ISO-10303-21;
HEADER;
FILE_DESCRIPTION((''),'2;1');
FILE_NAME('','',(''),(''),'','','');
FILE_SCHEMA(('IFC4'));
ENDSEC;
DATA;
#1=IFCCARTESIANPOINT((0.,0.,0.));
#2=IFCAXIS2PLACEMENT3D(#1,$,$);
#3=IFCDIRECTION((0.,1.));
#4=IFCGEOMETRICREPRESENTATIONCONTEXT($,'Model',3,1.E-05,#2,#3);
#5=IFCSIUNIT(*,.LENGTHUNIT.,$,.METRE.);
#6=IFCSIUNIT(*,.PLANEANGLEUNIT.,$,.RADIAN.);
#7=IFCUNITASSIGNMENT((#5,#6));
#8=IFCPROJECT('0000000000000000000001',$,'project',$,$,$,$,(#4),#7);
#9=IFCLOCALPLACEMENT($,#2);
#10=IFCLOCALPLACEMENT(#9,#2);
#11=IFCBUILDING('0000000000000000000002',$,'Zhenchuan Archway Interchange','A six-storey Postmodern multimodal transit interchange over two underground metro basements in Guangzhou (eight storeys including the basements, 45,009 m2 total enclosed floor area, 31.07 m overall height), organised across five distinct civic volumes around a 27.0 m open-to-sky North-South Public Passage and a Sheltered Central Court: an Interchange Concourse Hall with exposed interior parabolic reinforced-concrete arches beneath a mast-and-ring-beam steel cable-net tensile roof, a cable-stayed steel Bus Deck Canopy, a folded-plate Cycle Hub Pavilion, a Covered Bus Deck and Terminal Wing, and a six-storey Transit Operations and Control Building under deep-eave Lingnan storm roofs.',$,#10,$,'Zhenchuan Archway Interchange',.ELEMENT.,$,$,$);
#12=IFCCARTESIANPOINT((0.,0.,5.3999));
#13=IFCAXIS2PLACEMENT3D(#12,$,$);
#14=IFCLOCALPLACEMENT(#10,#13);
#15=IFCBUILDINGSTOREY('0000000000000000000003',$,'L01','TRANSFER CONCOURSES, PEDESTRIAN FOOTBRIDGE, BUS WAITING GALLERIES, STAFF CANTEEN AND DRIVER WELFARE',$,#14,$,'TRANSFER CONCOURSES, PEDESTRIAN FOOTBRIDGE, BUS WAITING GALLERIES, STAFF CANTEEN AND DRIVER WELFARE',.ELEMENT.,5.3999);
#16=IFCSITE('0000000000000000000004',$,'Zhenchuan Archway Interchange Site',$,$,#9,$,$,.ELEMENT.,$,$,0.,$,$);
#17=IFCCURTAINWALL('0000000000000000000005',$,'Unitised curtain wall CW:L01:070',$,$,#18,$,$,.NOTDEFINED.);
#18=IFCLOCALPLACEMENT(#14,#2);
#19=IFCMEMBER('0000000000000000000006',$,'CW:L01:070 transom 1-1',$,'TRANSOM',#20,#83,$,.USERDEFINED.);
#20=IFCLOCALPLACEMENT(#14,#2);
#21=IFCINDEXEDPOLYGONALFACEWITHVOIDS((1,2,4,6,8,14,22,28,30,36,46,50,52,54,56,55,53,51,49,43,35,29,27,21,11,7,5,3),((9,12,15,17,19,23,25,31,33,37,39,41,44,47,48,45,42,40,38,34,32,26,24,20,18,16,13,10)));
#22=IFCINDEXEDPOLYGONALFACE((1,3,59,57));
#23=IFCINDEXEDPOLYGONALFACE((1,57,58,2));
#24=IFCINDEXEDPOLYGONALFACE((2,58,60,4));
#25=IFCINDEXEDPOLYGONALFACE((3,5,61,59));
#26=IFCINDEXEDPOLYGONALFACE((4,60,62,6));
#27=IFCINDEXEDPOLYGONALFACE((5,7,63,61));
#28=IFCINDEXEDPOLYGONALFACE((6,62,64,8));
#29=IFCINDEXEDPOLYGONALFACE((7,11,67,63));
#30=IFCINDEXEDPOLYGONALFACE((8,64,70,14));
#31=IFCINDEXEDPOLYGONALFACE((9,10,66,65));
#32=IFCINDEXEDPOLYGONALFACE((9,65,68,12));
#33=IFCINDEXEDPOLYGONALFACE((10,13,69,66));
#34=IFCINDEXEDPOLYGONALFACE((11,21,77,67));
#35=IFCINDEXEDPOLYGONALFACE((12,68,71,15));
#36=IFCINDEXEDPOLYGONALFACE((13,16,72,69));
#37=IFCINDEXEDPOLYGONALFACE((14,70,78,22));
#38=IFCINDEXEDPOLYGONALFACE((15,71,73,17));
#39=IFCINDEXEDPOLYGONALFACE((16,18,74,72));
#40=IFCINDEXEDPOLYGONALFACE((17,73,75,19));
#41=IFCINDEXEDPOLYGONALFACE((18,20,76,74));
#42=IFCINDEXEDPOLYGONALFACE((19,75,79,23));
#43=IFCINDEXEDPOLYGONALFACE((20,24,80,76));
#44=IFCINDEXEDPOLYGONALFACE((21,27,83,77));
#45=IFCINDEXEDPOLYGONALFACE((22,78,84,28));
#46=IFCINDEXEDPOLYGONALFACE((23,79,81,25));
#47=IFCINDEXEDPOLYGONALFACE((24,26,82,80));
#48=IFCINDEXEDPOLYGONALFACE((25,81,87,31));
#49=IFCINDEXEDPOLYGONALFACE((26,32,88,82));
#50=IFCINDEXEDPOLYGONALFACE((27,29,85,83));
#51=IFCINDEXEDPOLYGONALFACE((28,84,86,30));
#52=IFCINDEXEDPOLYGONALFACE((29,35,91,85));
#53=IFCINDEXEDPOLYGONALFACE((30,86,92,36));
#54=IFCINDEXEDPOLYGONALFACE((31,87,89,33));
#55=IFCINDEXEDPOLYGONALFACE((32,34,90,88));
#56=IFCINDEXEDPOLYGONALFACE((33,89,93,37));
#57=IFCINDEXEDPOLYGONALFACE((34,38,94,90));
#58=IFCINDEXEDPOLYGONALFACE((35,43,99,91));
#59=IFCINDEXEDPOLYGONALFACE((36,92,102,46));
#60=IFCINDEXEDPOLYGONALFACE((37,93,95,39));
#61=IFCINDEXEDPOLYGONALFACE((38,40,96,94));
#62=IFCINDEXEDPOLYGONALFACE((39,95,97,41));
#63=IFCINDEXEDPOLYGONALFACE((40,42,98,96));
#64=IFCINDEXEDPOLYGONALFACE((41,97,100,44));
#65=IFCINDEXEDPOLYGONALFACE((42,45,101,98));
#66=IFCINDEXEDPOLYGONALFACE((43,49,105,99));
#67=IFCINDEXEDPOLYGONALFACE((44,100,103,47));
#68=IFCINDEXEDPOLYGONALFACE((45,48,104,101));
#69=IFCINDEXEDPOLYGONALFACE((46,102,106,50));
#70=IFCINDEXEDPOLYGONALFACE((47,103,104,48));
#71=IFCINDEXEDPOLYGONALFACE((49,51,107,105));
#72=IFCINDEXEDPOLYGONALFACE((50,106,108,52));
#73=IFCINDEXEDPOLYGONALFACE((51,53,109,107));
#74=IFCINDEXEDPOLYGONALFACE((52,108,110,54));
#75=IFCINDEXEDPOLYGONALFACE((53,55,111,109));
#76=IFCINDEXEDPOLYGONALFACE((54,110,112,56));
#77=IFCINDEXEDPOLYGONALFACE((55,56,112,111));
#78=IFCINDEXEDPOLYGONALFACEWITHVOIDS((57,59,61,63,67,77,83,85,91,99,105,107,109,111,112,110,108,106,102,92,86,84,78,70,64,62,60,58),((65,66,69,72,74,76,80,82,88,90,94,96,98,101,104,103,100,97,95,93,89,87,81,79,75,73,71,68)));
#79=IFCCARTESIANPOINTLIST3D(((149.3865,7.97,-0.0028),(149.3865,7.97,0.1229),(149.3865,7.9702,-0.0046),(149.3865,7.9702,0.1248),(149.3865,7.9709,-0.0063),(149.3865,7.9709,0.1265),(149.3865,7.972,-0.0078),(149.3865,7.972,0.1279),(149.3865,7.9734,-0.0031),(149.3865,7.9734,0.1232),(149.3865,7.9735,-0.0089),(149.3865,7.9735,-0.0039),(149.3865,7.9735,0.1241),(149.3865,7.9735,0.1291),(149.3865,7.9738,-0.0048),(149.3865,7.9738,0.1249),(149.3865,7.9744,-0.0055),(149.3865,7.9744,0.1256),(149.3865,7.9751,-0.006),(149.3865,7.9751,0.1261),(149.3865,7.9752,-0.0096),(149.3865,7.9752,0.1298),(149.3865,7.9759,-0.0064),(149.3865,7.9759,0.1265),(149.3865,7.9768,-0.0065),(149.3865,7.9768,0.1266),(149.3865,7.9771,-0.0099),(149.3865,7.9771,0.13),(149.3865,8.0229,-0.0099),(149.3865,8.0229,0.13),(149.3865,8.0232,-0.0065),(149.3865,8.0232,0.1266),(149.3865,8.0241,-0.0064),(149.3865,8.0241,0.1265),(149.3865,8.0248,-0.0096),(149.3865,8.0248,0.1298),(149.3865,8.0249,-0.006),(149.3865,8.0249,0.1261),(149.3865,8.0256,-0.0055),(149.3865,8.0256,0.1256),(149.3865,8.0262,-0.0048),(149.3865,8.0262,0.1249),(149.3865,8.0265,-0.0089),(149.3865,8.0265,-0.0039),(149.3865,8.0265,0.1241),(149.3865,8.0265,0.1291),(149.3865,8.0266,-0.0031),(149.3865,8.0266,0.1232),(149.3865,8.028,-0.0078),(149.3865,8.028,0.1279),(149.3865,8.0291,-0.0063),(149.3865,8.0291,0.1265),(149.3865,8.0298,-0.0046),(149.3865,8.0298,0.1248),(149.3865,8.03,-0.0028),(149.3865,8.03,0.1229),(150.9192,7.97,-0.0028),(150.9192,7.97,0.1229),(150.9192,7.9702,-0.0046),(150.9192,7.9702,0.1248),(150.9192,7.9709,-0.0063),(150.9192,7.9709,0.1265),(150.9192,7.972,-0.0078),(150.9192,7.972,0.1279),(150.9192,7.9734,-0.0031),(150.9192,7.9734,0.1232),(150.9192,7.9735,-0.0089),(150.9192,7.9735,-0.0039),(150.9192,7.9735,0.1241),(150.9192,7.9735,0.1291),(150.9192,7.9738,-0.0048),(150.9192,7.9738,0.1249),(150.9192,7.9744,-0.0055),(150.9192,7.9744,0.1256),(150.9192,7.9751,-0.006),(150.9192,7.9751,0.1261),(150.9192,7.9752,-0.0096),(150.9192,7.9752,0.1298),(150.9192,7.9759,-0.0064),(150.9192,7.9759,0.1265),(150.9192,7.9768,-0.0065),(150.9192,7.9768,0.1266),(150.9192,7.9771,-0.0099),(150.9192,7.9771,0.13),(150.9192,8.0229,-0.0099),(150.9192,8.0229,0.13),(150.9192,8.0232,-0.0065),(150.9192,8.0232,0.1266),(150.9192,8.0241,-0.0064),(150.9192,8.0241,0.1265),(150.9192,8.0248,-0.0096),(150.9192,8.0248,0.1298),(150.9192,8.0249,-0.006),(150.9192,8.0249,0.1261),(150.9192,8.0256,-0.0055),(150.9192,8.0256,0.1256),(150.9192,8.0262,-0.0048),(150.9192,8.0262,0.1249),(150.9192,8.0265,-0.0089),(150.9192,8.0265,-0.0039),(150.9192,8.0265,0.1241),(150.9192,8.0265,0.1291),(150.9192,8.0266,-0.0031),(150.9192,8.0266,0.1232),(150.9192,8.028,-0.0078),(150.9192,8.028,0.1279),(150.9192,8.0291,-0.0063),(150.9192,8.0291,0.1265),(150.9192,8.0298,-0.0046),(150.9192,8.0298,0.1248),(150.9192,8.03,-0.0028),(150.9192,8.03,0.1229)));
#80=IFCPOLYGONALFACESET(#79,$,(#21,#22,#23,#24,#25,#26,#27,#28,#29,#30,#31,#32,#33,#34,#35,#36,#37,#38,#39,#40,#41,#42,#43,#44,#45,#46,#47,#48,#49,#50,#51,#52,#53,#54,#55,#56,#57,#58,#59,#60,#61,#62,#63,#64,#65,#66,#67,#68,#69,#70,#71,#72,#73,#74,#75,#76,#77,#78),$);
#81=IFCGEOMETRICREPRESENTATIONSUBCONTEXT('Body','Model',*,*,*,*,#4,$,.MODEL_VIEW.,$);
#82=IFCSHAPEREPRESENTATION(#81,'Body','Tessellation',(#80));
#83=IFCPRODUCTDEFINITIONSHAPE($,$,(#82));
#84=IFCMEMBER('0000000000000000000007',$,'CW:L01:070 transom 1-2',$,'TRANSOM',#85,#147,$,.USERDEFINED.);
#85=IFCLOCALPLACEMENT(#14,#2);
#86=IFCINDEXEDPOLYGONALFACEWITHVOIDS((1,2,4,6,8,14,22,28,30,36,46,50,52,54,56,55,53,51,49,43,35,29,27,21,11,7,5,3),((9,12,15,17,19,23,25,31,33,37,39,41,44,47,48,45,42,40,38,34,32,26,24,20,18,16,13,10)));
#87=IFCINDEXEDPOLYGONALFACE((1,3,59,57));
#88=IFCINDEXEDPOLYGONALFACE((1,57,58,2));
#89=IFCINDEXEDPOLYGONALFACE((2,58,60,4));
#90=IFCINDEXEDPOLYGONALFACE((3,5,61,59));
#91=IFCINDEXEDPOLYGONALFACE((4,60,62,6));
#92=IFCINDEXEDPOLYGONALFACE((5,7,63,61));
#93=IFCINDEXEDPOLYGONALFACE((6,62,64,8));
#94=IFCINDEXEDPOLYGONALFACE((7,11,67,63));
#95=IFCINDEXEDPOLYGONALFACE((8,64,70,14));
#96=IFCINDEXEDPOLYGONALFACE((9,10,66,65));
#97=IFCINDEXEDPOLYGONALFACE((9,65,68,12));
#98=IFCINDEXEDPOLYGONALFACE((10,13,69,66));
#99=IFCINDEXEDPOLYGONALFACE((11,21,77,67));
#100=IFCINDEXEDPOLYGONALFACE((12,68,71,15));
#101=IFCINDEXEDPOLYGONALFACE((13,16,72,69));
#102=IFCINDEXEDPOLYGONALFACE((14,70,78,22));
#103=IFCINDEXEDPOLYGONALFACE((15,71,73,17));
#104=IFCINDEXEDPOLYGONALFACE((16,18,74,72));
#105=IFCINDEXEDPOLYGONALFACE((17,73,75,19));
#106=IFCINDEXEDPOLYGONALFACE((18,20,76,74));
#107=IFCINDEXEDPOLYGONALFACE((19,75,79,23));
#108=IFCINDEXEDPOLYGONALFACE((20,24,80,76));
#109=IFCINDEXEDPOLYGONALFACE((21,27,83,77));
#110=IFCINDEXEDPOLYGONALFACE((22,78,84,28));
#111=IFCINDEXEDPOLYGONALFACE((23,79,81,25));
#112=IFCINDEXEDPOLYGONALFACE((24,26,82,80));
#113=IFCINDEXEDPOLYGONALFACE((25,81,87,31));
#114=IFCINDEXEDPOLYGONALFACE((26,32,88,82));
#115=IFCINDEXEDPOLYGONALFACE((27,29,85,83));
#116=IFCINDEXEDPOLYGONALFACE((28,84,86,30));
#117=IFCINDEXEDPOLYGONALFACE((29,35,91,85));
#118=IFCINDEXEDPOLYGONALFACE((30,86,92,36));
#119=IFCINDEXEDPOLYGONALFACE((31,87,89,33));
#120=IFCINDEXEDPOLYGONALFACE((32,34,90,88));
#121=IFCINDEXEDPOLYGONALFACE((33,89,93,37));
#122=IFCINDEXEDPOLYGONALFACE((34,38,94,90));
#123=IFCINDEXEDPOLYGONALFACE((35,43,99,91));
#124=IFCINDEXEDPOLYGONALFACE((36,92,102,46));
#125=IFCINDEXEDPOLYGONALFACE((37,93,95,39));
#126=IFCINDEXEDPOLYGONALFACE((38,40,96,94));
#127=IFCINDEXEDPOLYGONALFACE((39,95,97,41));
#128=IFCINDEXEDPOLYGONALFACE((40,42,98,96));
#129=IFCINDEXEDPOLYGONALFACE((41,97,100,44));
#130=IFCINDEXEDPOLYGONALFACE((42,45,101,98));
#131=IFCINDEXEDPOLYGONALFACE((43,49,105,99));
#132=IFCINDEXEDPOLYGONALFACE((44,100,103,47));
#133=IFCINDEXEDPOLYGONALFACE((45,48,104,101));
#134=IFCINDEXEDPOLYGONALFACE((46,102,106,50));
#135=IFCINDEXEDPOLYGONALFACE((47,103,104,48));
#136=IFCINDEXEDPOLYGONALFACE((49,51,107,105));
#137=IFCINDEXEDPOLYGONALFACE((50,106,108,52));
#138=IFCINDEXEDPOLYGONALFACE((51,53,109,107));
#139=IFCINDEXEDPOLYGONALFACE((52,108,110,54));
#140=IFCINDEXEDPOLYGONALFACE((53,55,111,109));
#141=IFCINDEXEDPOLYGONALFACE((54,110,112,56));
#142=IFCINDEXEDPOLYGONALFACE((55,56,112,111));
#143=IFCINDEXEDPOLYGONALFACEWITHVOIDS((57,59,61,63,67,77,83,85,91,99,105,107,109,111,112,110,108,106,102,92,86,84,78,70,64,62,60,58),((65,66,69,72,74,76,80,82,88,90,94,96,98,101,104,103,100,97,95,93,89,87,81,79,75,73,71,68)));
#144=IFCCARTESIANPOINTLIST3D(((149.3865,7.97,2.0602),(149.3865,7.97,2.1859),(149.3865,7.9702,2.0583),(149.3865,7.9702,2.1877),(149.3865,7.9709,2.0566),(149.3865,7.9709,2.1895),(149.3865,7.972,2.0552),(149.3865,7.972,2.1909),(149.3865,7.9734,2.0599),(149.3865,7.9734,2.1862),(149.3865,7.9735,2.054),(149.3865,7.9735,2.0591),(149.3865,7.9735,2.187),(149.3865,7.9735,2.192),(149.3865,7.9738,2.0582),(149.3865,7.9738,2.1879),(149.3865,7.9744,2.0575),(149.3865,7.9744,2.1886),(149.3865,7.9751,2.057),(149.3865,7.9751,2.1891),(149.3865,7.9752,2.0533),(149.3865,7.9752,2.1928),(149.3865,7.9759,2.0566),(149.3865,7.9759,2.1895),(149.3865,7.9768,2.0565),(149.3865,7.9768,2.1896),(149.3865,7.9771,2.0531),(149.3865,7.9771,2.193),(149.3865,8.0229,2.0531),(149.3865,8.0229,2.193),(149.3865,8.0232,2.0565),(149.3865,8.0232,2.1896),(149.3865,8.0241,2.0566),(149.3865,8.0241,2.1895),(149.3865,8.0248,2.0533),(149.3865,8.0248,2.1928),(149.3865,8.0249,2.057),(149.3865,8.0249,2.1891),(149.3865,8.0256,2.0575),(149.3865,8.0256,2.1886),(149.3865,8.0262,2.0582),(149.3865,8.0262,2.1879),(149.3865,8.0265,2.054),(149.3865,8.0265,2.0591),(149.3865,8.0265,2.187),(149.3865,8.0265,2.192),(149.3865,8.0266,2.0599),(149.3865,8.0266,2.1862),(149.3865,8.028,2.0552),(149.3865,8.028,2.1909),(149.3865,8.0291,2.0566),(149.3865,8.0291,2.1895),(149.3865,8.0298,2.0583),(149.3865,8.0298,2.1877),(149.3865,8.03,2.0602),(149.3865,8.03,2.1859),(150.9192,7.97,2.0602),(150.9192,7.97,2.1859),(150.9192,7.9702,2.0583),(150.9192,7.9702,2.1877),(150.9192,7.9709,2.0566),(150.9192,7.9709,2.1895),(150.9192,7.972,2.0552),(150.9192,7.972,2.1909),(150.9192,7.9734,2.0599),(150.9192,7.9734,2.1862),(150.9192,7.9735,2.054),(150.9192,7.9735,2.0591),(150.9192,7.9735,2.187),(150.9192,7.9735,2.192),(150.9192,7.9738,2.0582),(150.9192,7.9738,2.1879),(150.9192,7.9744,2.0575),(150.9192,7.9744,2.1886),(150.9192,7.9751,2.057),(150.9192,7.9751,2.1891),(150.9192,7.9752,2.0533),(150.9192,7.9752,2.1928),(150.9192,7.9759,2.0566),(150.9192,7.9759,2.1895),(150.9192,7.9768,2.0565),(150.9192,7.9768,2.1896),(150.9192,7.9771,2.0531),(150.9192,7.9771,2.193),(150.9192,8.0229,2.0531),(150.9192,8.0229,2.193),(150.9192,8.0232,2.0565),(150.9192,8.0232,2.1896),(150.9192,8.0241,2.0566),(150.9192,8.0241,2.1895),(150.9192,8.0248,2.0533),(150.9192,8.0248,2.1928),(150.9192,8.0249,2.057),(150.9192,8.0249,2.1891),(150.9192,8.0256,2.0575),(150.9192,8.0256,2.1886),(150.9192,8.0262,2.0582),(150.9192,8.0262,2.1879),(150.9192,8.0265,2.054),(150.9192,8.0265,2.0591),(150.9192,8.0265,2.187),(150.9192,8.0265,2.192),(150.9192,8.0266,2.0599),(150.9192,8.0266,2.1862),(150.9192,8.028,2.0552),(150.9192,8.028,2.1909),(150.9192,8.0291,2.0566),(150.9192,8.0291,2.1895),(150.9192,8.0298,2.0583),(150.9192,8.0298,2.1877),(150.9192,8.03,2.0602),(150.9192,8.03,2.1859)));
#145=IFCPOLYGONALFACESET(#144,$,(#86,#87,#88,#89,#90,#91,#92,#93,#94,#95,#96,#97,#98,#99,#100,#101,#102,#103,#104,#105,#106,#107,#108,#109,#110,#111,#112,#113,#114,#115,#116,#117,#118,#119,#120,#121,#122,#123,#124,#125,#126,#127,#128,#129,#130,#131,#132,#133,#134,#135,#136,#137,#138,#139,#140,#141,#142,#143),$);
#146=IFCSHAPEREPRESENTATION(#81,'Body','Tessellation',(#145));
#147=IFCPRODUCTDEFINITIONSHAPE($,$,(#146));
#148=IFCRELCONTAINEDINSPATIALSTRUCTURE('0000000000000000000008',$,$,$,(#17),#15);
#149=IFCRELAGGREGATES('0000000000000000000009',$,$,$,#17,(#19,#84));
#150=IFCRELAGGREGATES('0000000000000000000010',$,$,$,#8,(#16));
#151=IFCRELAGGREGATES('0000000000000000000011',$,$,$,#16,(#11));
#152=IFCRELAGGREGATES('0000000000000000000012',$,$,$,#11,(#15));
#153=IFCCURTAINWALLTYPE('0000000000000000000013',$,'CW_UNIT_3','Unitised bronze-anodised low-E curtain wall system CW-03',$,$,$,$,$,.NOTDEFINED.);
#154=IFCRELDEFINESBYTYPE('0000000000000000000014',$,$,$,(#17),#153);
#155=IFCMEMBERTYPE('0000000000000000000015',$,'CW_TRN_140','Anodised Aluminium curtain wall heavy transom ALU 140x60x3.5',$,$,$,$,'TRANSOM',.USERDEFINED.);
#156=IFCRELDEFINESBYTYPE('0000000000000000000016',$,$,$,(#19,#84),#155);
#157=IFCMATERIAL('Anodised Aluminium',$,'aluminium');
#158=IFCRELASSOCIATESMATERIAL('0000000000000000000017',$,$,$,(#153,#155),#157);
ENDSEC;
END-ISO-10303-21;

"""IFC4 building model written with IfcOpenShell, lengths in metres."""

from ifc_helpers import new_model, si_unit, direction, frame, origin, origin_2d, place, context, subcontext, project, spatial, hollow_rectangle, extrude, material, material_profile, profile_set, type_object, element, aggregate, save


model = new_model("IFC4")

# Units and contexts
model_context = context("Model", 3, precision=1e-05, world=origin(), true_north=direction((0.0, 1.0)))
body_context = subcontext(model_context, "Body", "Model", "MODEL_VIEW")
ifc_project = project(units=[si_unit("LENGTHUNIT", "METRE"), si_unit("PLANEANGLEUNIT", "RADIAN")], contexts=[model_context])

# Site, building, storey
site_placement = place(None, origin())
site = spatial("IfcSite", under=ifc_project, at=site_placement, Name="Zhenchuan Archway Interchange Site", CompositionType="ELEMENT", RefElevation=0.0)
building_placement = place(site_placement, origin())
building = spatial("IfcBuilding", under=site, at=building_placement, Name="Zhenchuan Archway Interchange", Description="A six-storey Postmodern multimodal transit interchange over two underground metro basements in Guangzhou (eight storeys including the basements, 45,009 m2 total enclosed floor area, 31.07 m overall height), organised across five distinct civic volumes around a 27.0 m open-to-sky North-South Public Passage and a Sheltered Central Court: an Interchange Concourse Hall with exposed interior parabolic reinforced-concrete arches beneath a mast-and-ring-beam steel cable-net tensile roof, a cable-stayed steel Bus Deck Canopy, a folded-plate Cycle Hub Pavilion, a Covered Bus Deck and Terminal Wing, and a six-storey Transit Operations and Control Building under deep-eave Lingnan storm roofs.", LongName="Zhenchuan Archway Interchange", CompositionType="ELEMENT")
storey_placement = place(building_placement, frame((0.0, 0.0, 5.3999)))
storey = spatial("IfcBuildingStorey", under=building, at=storey_placement, Name="L01", Description="TRANSFER CONCOURSES, PEDESTRIAN FOOTBRIDGE, BUS WAITING GALLERIES, STAFF CANTEEN AND DRIVER WELFARE", LongName="TRANSFER CONCOURSES, PEDESTRIAN FOOTBRIDGE, BUS WAITING GALLERIES, STAFF CANTEEN AND DRIVER WELFARE", CompositionType="ELEMENT", Elevation=5.3999)

# Curtain wall, members
ifc_material_1 = material(Name="Anodised Aluminium", Category="aluminium")
curtain_wall_type = type_object("IfcCurtainWallType", Name="CW_UNIT_3", Description="Unitised bronze-anodised low-E curtain wall system CW-03", PredefinedType="NOTDEFINED", material=ifc_material_1)
curtain_wall_placement = place(storey_placement, origin())
curtain_wall = element("IfcCurtainWall", 1, at=curtain_wall_placement, inside=storey, type_object=curtain_wall_type, Name="Unitised curtain wall CW:L01:070", PredefinedType="NOTDEFINED")
ifc_material_profile_1 = material_profile(ifc_material_1, hollow_rectangle(XDim=0.0601, YDim=0.1399, WallThickness=0.0034, InnerFilletRadius=0.0034, OuterFilletRadius=0.0071, at=origin_2d()), Name="ALU 140x60x3.5")
ifc_profile_set_1 = profile_set([ifc_material_profile_1], Name="Anodised Aluminium")
member_type_1 = type_object("IfcMemberType", Name="CW_TRN_140", Description="Anodised Aluminium curtain wall heavy transom ALU 140x60x3.5", ElementType="TRANSOM", PredefinedType="USERDEFINED", material=ifc_profile_set_1)
member_1_placement = place(storey_placement, frame((150.9192, 8.0, 0.0601), z_axis=(-1.0, 0.0, 0.0), x_axis=(0.0, -1.0, 0.0)))
member_1 = element("IfcMember", 2, at=member_1_placement, type_object=member_type_1, Name="CW:L01:070 transom 1-1", ObjectType="TRANSOM", PredefinedType="USERDEFINED", context=body_context, shape_type="SweptSolid", body=[
    extrude(hollow_rectangle(XDim=0.0601, YDim=0.1399, WallThickness=0.0034, InnerFilletRadius=0.0034, OuterFilletRadius=0.0071, at=origin_2d()), origin(), (0.0, 0.0, 1.0), 1.5327),
])
member_2_placement = place(storey_placement, frame((150.9192, 8.0, 2.123), z_axis=(-1.0, 0.0, 0.0), x_axis=(0.0, -1.0, 0.0)))
member_2 = element("IfcMember", 3, at=member_2_placement, type_object=member_type_1, Name="CW:L01:070 transom 1-2", ObjectType="TRANSOM", PredefinedType="USERDEFINED", context=body_context, shape_type="SweptSolid", body=[
    extrude(hollow_rectangle(XDim=0.0601, YDim=0.1399, WallThickness=0.0034, InnerFilletRadius=0.0034, OuterFilletRadius=0.0071, at=origin_2d()), origin(), (0.0, 0.0, 1.0), 1.5327),
])

aggregate(curtain_wall, [member_1, member_2])

save(model, "model.ifc")
